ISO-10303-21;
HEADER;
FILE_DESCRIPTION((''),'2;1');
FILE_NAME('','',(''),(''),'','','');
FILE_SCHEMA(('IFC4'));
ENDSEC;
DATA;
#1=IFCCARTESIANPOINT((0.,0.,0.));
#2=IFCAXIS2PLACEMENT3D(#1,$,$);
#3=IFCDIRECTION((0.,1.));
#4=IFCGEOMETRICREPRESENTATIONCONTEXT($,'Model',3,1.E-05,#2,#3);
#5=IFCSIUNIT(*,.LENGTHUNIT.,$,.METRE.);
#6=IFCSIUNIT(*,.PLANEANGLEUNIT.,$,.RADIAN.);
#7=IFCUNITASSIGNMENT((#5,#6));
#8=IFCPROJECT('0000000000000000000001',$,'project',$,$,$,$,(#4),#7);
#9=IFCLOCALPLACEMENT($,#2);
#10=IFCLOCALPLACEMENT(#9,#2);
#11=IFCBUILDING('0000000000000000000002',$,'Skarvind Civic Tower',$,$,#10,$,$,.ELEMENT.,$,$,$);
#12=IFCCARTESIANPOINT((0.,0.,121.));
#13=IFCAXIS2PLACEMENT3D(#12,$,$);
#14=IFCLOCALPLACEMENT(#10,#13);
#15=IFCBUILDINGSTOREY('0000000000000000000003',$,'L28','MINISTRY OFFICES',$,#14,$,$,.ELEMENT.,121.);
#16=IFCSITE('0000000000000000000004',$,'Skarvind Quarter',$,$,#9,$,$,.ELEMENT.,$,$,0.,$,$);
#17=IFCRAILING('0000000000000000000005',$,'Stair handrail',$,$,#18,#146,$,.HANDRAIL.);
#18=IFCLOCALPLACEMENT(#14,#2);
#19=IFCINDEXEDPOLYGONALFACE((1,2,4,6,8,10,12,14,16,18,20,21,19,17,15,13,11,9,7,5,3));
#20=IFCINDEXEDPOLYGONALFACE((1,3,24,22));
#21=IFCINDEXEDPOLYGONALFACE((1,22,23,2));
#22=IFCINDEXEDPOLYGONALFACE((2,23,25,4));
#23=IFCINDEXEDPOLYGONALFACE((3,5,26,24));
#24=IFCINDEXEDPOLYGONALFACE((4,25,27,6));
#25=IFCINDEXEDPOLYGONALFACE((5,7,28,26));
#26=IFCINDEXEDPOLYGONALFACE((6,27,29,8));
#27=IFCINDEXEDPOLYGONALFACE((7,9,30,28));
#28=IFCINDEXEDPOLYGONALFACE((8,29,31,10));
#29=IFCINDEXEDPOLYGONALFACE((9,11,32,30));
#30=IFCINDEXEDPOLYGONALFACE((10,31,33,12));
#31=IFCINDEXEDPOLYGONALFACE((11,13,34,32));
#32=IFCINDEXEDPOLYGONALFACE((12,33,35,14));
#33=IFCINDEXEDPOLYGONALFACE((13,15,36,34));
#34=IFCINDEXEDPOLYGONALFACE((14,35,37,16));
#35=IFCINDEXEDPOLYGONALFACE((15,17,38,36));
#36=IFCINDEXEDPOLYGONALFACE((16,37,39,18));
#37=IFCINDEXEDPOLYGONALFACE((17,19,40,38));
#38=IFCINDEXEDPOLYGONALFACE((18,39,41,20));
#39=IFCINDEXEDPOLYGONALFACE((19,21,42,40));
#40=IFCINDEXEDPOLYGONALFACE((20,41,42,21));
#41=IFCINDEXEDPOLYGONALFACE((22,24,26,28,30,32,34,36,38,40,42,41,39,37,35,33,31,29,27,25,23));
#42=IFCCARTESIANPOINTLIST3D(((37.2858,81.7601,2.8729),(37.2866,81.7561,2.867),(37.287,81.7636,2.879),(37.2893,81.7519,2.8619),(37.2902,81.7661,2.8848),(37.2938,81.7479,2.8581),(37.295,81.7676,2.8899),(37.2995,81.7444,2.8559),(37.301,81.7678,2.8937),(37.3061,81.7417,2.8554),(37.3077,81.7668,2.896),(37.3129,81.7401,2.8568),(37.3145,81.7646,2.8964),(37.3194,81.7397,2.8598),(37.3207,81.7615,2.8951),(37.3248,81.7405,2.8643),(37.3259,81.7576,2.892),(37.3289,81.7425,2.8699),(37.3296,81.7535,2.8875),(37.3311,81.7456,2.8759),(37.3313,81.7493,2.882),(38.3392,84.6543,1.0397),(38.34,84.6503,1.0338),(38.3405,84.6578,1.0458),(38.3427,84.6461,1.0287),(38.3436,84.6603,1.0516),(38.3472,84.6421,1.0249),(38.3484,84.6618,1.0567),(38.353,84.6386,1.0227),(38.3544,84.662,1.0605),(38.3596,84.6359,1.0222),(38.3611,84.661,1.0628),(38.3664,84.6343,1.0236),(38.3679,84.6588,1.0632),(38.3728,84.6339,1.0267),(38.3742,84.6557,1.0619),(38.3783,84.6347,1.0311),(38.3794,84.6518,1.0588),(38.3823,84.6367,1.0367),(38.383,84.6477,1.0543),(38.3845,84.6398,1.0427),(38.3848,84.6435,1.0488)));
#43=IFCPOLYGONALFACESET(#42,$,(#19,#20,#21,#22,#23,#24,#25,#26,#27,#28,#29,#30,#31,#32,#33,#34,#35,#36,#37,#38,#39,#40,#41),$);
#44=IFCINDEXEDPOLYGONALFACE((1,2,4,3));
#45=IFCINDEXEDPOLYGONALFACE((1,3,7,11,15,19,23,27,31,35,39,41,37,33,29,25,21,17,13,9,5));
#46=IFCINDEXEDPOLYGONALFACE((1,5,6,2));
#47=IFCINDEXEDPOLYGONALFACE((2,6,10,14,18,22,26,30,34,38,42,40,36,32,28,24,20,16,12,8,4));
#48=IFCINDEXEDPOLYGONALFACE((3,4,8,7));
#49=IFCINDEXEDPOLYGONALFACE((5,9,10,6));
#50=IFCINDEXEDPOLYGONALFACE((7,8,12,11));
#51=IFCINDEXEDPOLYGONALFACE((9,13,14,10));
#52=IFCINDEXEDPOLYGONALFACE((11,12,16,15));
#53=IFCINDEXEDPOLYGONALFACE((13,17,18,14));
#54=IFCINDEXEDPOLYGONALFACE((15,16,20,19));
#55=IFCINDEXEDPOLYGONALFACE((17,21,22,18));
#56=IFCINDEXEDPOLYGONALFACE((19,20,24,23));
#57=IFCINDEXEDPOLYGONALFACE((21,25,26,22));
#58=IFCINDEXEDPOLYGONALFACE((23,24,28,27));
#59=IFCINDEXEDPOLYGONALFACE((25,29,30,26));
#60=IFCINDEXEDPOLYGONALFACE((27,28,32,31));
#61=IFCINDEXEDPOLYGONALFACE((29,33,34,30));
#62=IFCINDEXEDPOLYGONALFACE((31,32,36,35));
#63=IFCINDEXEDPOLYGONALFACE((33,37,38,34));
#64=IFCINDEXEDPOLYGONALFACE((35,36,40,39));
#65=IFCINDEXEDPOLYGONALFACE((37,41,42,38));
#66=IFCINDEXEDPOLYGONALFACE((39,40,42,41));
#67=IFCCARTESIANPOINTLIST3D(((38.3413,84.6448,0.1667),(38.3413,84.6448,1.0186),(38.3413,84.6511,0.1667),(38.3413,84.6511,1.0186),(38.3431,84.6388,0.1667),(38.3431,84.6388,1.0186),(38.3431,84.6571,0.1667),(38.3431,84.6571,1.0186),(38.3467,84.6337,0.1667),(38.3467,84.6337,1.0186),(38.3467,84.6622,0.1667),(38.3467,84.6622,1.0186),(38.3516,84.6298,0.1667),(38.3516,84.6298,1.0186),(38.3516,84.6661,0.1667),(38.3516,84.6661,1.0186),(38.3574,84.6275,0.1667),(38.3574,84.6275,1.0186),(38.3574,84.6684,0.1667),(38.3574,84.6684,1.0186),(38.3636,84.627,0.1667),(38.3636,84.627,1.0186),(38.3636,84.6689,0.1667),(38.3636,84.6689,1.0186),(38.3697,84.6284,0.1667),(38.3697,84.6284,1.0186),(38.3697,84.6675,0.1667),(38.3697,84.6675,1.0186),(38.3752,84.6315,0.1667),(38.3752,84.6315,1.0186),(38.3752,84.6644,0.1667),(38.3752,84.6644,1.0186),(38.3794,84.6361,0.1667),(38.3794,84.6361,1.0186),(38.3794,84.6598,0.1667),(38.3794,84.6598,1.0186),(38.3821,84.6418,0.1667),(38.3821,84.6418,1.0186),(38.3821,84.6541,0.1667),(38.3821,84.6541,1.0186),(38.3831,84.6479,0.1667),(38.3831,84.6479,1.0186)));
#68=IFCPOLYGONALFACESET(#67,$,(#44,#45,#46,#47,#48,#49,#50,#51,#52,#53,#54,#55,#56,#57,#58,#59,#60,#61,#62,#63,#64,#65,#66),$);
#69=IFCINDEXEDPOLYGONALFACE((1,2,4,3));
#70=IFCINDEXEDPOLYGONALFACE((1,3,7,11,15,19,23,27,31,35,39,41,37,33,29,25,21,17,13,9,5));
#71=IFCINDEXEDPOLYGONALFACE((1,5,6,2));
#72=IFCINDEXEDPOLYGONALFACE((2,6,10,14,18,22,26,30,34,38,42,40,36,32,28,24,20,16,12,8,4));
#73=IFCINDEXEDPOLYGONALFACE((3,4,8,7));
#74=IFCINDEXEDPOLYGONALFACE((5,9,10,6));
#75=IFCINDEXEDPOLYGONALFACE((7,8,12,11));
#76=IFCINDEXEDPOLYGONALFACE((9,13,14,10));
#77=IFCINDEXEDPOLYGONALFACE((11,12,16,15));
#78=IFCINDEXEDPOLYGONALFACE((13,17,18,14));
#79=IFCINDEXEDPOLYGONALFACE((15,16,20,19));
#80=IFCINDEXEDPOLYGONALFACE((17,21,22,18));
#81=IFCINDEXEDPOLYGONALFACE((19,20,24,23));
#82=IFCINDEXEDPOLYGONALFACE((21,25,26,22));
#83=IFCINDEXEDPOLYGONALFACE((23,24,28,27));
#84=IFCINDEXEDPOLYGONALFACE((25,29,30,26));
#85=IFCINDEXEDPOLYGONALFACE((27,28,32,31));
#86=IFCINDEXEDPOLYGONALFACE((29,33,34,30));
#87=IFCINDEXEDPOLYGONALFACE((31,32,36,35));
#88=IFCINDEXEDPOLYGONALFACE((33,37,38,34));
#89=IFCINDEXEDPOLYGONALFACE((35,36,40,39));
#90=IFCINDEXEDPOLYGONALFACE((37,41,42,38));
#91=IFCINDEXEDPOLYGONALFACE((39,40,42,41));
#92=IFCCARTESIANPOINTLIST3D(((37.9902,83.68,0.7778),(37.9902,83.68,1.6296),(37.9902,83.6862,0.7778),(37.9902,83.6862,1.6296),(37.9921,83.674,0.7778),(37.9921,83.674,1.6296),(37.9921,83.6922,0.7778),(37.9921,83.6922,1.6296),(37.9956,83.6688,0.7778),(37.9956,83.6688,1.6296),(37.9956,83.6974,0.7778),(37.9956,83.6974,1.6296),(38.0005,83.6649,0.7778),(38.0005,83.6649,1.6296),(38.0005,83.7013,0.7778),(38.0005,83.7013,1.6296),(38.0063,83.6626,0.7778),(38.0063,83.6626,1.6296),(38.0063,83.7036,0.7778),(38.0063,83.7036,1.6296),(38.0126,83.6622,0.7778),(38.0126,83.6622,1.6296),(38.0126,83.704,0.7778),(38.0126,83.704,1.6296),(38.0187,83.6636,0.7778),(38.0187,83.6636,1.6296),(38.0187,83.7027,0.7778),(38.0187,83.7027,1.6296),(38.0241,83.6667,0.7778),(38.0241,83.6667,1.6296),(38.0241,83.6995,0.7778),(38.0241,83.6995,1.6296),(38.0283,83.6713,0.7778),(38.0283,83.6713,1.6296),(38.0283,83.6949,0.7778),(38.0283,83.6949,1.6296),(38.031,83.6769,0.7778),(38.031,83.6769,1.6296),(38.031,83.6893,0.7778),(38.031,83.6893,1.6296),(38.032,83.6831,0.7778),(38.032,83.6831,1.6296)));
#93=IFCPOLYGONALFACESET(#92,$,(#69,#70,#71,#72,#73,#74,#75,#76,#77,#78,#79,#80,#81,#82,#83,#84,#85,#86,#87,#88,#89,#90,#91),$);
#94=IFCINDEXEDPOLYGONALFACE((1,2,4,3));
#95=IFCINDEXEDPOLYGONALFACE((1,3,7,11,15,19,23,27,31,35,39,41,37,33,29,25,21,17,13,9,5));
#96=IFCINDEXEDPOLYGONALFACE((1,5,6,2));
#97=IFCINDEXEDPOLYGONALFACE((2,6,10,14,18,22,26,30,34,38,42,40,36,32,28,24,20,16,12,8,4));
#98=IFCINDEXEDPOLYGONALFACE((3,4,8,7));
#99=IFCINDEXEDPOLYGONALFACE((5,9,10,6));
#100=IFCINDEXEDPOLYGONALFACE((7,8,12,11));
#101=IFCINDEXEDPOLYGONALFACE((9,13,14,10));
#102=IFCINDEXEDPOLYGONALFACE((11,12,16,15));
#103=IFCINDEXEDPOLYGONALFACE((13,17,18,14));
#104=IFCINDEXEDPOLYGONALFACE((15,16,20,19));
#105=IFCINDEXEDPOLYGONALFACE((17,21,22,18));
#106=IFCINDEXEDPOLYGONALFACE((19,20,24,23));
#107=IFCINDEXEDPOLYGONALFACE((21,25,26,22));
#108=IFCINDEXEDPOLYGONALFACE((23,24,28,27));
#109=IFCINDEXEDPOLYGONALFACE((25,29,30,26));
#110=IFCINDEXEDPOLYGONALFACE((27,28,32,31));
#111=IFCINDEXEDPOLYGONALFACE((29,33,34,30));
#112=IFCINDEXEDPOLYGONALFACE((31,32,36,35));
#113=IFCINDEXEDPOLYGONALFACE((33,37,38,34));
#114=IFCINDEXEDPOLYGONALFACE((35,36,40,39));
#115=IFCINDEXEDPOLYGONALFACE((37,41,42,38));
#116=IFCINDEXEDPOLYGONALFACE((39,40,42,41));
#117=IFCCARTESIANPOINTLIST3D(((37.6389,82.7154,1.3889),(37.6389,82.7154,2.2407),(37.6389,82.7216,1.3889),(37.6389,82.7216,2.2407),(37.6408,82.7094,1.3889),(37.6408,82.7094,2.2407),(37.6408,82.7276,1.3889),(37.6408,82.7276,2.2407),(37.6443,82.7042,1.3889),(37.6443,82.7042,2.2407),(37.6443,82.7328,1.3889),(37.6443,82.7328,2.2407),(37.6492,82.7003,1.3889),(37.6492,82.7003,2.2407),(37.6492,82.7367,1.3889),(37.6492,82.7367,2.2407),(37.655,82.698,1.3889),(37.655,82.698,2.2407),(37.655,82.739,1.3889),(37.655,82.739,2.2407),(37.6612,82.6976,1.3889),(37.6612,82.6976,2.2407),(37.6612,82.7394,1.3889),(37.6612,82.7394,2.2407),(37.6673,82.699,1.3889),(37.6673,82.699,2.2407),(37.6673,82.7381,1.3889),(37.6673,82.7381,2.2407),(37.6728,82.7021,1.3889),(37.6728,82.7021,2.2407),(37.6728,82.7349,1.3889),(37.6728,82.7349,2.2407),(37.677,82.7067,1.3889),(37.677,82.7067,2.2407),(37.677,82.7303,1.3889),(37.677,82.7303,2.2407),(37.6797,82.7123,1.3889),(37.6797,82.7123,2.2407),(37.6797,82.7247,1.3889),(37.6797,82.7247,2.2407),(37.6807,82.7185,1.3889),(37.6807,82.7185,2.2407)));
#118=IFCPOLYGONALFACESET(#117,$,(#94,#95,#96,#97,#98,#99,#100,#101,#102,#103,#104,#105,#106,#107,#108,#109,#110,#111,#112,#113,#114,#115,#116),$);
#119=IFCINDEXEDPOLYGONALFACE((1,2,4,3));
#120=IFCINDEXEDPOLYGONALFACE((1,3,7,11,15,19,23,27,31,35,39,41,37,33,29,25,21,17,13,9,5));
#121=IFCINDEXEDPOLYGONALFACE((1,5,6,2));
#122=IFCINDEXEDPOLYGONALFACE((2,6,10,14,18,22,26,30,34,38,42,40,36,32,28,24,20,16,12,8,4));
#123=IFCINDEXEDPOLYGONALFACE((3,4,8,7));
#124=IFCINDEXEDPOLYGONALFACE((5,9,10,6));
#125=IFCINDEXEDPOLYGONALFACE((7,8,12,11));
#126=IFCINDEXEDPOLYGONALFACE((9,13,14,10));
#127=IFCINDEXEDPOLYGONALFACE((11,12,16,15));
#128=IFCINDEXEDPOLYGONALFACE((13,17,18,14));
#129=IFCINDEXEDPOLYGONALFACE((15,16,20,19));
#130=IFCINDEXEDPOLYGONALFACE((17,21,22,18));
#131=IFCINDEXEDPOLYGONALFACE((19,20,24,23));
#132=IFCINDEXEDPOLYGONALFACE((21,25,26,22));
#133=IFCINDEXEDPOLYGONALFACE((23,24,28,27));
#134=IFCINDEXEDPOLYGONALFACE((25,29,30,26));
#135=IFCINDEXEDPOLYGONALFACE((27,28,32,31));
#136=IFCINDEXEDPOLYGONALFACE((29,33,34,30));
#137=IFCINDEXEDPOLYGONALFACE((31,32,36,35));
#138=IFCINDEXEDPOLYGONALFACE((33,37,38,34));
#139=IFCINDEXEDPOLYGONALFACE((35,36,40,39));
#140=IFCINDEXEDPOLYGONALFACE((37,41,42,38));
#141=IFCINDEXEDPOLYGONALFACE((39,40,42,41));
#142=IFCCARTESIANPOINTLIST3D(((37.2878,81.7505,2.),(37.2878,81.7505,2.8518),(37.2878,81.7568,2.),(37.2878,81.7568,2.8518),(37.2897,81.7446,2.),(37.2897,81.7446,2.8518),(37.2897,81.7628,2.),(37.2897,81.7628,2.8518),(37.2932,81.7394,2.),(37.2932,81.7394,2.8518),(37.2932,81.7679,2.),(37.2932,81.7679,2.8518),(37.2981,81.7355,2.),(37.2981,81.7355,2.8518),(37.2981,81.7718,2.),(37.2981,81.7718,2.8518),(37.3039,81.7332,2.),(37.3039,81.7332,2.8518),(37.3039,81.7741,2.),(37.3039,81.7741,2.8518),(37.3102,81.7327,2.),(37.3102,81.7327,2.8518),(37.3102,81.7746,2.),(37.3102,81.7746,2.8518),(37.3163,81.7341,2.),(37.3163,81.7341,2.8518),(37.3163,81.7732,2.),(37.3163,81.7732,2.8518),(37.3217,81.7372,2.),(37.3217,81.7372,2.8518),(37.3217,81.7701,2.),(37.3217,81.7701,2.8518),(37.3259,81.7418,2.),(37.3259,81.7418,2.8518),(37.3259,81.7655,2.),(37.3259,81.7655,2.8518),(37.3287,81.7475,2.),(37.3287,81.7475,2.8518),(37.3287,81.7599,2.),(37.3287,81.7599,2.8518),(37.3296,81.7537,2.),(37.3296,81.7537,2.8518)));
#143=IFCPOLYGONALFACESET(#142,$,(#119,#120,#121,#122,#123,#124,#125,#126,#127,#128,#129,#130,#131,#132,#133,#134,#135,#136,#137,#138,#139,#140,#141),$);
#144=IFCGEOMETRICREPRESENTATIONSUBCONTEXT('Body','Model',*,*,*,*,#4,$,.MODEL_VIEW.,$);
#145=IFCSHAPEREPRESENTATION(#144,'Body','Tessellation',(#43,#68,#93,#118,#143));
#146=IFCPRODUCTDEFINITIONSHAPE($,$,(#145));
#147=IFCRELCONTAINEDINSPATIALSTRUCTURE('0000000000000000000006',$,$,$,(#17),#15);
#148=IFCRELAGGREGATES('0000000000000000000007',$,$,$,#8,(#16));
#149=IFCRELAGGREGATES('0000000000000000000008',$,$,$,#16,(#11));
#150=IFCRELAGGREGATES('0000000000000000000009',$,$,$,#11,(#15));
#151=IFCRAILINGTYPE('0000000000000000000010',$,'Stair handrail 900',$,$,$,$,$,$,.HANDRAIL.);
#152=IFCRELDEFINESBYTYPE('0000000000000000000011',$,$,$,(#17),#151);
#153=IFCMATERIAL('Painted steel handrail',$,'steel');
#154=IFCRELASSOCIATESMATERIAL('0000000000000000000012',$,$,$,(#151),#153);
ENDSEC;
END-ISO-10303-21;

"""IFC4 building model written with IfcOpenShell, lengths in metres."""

from ifc_helpers import new_model, si_unit, direction, frame, origin, origin_2d, place, context, subcontext, project, spatial, circle, extrude, material, type_object, element, save


model = new_model("IFC4")

# Units and contexts
model_context = context("Model", 3, precision=1e-05, world=origin(), true_north=direction((0.0, 1.0)))
body_context = subcontext(model_context, "Body", "Model", "MODEL_VIEW")
ifc_project = project(units=[si_unit("LENGTHUNIT", "METRE"), si_unit("PLANEANGLEUNIT", "RADIAN")], contexts=[model_context])

# Site, building, storey
site_placement = place(None, origin())
site = spatial("IfcSite", under=ifc_project, at=site_placement, Name="Skarvind Quarter", CompositionType="ELEMENT", RefElevation=0.0)
building_placement = place(site_placement, origin())
building = spatial("IfcBuilding", under=site, at=building_placement, Name="Skarvind Civic Tower", CompositionType="ELEMENT")
storey_placement = place(building_placement, frame((0.0, 0.0, 121.0)))
storey = spatial("IfcBuildingStorey", under=building, at=storey_placement, Name="L28", Description="MINISTRY OFFICES", CompositionType="ELEMENT", Elevation=121.0)

# Railing
ifc_material_1 = material(Name="Painted steel handrail", Category="steel")
railing_type = type_object("IfcRailingType", Name="Stair handrail 900", PredefinedType="HANDRAIL", material=ifc_material_1)
railing_placement = place(storey_placement, frame((38.3621, 84.6479, 0.1667)))
element("IfcRailing", 1, at=railing_placement, inside=storey, type_object=railing_type, Name="Stair handrail", PredefinedType="HANDRAIL", context=body_context, shape_type="SweptSolid", body=[
    extrude(circle(Radius=0.0239, at=origin_2d()), frame((0.0, 0.0, 0.876), z_axis=(-0.293908, -0.807481, 0.511461), x_axis=(0.939689, -0.342029, 0.0)), (0.0, 0.0, 1.0), 3.5842),
    extrude(circle(Radius=0.021, at=origin_2d()), origin(), (0.0, 0.0, 1.0), 0.8518),
    extrude(circle(Radius=0.021, at=origin_2d()), frame((-0.3511, -0.9648, 0.6111)), (0.0, 0.0, 1.0), 0.8518),
    extrude(circle(Radius=0.021, at=origin_2d()), frame((-0.7024, -1.9294, 1.2222)), (0.0, 0.0, 1.0), 0.8518),
    extrude(circle(Radius=0.021, at=origin_2d()), frame((-1.0535, -2.8943, 1.8333)), (0.0, 0.0, 1.0), 0.8518),
])

save(model, "model.ifc")
